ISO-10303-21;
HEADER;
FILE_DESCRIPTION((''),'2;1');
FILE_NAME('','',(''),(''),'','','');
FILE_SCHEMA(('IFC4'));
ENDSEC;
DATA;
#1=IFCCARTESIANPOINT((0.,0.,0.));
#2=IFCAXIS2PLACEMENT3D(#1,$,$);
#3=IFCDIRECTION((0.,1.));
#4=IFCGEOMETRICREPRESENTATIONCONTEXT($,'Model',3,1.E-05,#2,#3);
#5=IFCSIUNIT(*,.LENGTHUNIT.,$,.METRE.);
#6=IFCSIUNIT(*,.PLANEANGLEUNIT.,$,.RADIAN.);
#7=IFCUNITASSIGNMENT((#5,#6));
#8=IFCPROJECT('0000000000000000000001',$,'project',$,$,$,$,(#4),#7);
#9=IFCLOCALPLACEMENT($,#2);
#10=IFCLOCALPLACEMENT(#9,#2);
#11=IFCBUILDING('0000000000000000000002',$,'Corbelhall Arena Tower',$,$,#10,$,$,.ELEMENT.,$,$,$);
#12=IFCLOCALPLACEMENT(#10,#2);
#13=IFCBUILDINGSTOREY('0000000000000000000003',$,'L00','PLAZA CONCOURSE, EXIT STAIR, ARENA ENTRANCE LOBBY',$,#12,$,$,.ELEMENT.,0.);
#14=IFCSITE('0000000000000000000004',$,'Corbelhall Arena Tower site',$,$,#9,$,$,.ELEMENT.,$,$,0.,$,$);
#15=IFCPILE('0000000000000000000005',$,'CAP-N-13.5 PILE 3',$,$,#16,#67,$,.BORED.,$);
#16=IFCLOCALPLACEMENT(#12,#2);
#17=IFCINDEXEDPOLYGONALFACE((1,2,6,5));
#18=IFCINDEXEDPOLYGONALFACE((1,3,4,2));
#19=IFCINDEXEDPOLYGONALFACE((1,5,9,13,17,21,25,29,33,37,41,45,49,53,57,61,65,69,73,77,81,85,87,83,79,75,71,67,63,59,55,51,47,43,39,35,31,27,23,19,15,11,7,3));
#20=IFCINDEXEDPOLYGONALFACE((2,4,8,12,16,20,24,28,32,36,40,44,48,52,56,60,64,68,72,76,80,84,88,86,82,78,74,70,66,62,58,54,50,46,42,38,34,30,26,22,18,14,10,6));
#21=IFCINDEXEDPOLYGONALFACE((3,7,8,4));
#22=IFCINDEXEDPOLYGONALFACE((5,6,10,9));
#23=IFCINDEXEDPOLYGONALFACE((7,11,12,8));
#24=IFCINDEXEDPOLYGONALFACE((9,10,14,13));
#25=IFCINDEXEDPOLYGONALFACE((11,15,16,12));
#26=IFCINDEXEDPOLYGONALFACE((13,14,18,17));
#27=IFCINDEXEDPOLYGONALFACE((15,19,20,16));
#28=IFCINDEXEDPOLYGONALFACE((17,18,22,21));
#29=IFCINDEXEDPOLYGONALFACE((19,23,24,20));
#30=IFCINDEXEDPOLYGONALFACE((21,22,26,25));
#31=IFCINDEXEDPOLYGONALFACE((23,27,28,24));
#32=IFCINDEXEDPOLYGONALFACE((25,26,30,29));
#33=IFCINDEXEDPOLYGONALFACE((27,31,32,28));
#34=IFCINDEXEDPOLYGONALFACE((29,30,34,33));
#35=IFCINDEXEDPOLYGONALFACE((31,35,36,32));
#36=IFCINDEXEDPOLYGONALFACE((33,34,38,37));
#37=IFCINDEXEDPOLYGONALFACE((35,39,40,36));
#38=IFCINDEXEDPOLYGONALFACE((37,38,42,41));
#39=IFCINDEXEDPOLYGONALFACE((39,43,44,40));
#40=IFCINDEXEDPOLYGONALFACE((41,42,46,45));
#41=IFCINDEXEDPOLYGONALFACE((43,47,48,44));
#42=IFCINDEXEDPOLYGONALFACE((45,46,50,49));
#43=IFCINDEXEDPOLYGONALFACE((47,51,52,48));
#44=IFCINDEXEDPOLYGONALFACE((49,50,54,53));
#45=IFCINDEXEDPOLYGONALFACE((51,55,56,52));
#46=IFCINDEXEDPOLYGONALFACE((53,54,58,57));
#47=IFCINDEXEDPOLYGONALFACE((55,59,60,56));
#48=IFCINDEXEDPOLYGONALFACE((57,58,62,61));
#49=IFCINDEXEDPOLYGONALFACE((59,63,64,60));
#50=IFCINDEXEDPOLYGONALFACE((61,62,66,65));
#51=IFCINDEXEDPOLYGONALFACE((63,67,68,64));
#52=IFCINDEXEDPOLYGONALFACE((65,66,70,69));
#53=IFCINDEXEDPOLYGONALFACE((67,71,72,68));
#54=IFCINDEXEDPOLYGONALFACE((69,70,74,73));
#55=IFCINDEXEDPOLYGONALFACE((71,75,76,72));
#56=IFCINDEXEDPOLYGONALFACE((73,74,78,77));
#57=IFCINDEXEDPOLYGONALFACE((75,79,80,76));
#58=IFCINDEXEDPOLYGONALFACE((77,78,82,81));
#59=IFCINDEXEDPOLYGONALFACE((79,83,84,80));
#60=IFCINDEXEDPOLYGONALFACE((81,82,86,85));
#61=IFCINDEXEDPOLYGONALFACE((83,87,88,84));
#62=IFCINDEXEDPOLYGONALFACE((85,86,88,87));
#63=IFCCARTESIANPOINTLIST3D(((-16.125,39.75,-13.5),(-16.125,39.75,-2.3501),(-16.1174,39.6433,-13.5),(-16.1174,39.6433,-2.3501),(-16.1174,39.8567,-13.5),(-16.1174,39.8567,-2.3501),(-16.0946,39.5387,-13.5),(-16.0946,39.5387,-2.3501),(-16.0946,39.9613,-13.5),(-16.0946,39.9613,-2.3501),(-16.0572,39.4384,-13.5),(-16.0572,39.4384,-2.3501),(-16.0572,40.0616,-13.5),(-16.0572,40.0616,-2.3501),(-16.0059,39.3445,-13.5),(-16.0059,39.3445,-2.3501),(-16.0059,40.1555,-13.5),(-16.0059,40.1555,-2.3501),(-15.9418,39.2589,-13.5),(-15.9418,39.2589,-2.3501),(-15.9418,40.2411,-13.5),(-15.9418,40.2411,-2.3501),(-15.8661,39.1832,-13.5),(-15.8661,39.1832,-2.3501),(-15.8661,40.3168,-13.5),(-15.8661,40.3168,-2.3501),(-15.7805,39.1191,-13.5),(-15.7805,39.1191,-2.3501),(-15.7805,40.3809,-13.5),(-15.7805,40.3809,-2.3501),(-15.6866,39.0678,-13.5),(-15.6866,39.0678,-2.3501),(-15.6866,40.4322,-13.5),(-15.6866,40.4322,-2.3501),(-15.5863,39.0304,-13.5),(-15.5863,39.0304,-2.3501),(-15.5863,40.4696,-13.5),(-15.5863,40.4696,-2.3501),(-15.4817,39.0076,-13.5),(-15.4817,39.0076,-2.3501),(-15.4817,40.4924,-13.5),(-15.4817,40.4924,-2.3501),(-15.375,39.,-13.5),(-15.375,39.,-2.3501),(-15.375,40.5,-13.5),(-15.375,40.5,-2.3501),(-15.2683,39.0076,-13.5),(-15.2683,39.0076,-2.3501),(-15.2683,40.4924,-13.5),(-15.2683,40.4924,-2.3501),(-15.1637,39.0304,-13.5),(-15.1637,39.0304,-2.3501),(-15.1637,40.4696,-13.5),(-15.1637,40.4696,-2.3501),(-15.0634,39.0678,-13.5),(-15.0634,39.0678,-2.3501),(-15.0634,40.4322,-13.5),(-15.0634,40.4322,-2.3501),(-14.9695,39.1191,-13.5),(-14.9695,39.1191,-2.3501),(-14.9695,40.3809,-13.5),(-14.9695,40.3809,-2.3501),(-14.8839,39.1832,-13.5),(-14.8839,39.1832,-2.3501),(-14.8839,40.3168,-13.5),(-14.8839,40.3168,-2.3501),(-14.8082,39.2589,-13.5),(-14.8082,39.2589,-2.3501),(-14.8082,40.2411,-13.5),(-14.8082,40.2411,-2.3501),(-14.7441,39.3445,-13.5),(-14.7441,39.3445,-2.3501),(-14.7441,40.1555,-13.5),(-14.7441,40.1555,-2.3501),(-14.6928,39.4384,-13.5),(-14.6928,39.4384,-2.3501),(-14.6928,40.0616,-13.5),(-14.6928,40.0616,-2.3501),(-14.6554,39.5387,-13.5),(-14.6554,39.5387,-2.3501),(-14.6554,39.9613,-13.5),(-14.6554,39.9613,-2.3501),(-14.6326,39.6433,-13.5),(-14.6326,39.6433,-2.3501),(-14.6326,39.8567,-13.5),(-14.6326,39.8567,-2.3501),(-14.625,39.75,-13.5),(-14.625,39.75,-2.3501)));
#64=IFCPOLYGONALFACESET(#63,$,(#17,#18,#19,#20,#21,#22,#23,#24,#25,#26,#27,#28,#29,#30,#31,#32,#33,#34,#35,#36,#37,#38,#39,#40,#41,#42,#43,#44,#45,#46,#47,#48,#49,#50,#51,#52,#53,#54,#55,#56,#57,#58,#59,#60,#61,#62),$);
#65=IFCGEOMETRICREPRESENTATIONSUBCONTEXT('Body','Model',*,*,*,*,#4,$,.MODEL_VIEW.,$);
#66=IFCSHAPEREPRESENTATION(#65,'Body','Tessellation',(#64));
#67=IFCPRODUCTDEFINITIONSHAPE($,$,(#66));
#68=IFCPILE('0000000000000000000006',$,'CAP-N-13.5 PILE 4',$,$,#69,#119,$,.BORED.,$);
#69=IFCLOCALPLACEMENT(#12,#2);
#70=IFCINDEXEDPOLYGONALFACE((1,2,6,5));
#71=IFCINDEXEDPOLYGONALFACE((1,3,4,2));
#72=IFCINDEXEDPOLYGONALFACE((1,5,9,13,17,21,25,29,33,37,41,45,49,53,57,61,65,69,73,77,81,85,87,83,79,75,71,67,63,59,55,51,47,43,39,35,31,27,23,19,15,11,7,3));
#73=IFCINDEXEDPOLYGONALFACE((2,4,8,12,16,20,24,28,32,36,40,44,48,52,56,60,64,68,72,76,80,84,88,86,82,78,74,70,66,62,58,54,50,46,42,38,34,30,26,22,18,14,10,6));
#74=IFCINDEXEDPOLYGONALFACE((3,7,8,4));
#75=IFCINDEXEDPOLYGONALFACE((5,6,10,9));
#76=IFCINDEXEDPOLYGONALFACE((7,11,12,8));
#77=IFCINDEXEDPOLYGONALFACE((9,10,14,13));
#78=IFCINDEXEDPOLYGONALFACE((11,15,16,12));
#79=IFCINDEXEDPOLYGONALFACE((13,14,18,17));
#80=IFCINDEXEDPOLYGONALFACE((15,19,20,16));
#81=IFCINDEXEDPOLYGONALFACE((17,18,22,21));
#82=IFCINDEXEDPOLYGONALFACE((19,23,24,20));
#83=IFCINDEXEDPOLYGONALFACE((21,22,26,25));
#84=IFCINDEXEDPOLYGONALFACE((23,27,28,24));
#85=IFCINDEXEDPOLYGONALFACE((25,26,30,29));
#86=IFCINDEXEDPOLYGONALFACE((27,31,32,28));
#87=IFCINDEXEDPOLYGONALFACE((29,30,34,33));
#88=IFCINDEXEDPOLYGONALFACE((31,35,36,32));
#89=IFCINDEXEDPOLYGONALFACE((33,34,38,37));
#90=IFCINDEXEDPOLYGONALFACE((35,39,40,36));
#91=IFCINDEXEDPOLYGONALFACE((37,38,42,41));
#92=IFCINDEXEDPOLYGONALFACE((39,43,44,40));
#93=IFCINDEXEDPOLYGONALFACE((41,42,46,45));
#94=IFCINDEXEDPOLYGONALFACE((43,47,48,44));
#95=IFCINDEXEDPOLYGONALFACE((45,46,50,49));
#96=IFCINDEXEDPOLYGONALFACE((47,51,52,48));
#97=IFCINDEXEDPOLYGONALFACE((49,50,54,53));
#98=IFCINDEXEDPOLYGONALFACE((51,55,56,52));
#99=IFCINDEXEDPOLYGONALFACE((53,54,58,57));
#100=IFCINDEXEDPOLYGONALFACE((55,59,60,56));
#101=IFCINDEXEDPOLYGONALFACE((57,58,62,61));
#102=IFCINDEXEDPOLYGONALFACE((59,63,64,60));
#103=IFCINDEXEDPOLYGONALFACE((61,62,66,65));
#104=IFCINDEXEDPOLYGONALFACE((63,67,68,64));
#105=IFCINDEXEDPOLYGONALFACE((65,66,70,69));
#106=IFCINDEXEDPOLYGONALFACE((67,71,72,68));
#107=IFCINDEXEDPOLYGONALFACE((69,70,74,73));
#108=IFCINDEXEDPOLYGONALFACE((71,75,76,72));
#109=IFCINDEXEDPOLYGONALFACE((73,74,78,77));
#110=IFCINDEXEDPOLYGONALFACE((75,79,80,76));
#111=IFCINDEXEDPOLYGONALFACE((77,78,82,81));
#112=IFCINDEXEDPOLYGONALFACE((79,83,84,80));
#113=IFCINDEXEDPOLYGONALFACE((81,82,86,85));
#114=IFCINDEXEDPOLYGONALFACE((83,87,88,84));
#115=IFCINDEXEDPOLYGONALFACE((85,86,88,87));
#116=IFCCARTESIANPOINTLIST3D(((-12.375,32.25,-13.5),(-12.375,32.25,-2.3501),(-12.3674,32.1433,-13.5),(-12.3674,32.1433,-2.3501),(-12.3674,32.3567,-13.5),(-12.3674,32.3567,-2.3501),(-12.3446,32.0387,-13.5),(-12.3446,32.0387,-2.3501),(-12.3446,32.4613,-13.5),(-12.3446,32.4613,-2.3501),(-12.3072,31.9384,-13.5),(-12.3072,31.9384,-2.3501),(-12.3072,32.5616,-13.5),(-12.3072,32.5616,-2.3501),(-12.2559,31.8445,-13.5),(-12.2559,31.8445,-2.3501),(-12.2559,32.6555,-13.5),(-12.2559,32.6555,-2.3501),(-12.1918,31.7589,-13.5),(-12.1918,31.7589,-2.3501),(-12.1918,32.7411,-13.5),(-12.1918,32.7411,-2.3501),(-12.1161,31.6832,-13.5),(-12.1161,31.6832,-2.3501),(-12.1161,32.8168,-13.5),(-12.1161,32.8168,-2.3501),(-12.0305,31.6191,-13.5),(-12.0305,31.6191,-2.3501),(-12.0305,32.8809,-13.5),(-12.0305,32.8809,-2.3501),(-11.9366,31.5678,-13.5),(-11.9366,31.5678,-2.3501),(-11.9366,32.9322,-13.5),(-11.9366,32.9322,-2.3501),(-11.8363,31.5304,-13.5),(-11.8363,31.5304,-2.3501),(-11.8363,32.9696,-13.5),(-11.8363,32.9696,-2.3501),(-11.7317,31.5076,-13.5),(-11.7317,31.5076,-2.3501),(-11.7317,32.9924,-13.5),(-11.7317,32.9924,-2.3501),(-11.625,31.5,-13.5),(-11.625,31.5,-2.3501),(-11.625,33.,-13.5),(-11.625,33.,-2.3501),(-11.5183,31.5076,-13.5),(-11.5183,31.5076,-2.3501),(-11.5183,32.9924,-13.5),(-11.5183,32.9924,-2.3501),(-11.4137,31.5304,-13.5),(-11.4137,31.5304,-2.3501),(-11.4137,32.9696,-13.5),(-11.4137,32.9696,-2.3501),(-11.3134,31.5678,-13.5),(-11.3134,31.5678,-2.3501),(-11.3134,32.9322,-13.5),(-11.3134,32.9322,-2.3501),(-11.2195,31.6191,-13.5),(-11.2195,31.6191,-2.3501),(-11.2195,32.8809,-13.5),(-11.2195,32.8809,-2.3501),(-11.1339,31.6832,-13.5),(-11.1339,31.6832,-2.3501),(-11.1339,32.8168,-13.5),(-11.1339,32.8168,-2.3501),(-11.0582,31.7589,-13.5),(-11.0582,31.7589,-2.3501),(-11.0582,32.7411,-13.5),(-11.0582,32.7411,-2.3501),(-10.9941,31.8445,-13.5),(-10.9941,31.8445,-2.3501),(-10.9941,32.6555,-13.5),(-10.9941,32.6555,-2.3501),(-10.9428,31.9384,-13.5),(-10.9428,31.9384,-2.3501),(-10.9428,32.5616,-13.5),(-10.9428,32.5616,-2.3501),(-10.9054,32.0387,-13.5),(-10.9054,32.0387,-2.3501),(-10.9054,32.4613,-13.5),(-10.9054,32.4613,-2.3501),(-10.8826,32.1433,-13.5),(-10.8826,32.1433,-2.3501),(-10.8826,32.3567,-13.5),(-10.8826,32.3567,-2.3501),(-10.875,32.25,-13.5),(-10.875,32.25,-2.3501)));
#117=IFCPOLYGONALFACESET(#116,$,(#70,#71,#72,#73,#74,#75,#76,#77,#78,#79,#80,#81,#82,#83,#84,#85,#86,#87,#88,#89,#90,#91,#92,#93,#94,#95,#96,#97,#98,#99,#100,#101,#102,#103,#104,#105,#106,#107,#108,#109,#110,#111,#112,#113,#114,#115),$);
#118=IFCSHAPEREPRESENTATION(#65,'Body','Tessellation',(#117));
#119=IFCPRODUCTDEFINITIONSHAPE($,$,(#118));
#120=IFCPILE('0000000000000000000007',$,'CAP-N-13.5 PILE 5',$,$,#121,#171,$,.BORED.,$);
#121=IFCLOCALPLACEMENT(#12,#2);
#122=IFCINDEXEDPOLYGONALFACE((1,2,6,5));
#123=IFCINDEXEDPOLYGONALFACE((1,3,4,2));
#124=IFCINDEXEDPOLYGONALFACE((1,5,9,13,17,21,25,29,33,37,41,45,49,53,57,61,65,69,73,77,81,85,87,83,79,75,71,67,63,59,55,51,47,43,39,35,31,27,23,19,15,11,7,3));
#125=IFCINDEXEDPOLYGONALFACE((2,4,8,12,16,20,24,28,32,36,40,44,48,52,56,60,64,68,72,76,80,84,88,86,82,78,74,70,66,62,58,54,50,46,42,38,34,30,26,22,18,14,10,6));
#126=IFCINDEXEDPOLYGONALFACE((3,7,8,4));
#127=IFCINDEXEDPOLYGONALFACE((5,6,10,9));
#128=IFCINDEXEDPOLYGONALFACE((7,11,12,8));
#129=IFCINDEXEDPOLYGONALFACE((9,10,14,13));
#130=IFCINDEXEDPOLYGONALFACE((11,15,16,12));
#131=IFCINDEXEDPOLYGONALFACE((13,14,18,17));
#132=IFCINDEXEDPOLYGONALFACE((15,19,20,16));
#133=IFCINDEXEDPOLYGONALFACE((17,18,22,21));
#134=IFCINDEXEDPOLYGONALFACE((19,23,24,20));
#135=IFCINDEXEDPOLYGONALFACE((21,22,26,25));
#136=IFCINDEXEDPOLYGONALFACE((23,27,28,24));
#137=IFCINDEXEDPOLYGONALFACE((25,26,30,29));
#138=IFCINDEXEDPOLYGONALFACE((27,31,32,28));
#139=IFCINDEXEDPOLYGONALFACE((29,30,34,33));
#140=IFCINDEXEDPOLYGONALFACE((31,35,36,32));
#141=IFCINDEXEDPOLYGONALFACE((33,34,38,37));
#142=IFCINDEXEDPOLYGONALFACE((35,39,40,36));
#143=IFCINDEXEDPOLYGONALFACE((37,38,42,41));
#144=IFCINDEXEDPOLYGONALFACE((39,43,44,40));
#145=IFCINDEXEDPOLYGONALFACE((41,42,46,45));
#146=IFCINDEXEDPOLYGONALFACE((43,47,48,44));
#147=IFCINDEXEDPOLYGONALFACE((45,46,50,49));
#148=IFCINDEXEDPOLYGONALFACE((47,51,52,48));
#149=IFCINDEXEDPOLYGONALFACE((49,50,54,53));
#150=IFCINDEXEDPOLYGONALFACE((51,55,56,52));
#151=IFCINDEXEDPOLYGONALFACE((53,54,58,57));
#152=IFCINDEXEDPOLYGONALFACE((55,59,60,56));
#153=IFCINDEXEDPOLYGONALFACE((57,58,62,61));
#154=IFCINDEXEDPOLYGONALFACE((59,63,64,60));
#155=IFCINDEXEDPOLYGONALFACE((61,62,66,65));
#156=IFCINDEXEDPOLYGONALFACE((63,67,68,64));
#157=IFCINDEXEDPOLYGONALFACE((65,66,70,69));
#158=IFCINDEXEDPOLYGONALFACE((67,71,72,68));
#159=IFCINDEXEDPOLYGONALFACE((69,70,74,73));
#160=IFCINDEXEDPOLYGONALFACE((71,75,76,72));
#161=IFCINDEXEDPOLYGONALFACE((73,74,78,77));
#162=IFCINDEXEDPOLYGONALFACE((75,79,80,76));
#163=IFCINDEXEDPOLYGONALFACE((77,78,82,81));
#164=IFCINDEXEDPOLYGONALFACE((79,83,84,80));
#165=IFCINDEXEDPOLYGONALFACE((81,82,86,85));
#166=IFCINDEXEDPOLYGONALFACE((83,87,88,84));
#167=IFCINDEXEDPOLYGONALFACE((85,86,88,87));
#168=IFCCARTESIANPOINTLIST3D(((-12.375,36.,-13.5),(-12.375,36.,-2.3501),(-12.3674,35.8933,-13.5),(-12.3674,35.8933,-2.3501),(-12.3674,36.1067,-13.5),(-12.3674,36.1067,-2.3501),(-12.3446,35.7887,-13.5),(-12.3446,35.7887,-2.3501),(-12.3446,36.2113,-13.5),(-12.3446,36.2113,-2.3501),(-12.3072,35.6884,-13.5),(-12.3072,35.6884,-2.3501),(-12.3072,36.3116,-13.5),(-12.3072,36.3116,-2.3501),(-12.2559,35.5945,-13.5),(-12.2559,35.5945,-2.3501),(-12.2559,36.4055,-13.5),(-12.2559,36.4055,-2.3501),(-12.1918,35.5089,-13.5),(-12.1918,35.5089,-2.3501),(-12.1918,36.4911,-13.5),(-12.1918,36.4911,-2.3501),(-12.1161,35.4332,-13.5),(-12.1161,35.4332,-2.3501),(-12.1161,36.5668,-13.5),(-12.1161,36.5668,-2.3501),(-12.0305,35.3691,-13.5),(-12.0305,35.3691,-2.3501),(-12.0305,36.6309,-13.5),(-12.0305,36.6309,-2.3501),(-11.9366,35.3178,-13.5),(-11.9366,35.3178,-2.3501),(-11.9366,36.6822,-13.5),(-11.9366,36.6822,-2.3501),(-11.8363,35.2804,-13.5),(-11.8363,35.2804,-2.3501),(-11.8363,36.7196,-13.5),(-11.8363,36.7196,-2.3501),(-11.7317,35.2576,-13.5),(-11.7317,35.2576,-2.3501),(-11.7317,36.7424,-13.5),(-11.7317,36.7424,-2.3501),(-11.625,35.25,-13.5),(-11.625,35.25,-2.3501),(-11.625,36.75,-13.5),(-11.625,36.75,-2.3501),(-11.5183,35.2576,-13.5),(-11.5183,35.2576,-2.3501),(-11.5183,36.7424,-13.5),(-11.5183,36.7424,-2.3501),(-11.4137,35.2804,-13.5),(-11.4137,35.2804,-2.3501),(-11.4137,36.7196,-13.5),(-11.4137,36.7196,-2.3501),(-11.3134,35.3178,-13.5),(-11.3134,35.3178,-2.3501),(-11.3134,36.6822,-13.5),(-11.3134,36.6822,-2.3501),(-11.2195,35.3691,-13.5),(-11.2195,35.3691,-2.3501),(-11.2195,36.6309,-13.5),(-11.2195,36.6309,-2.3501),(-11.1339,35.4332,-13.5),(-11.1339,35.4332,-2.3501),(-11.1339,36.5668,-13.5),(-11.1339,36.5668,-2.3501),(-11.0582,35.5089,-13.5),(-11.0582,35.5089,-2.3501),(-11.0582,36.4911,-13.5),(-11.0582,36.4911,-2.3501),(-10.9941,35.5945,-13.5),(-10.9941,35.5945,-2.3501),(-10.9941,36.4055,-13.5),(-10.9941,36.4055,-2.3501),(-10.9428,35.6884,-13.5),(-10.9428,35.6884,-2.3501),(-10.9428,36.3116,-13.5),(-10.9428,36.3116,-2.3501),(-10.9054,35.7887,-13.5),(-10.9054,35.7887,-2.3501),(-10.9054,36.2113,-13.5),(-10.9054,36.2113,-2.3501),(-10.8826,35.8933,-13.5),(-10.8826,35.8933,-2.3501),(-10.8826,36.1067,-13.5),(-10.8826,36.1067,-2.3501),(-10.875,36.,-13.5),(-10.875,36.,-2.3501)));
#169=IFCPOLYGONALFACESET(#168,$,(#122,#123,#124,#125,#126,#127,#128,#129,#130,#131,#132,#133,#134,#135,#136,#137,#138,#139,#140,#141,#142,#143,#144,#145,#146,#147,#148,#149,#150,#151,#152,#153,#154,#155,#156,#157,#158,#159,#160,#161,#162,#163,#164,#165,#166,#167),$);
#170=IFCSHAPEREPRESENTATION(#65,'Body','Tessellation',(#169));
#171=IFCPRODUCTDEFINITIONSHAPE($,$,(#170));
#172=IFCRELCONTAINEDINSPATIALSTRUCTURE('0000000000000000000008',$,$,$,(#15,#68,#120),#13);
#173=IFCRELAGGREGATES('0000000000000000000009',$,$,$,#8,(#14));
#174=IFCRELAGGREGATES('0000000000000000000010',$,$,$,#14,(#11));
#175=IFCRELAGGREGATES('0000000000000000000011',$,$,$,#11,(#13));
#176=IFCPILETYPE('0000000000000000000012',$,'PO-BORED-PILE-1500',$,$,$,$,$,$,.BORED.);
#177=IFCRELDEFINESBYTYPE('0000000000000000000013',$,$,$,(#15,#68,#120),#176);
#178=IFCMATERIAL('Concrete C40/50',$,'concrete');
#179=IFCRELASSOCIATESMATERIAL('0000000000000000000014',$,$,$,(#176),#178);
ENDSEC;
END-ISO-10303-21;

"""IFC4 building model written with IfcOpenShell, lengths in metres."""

from ifc_helpers import new_model, si_unit, direction, frame, origin, origin_2d, place, context, subcontext, project, spatial, circle, extrude, material, material_profile, profile_set, type_object, element, save


model = new_model("IFC4")

# Units and contexts
model_context = context("Model", 3, precision=1e-05, world=origin(), true_north=direction((0.0, 1.0)))
body_context = subcontext(model_context, "Body", "Model", "MODEL_VIEW")
ifc_project = project(units=[si_unit("LENGTHUNIT", "METRE"), si_unit("PLANEANGLEUNIT", "RADIAN")], contexts=[model_context])

# Site, building, storey
site_placement = place(None, origin())
site = spatial("IfcSite", under=ifc_project, at=site_placement, Name="Corbelhall Arena Tower site", CompositionType="ELEMENT", RefElevation=0.0)
building_placement = place(site_placement, origin())
building = spatial("IfcBuilding", under=site, at=building_placement, Name="Corbelhall Arena Tower", CompositionType="ELEMENT")
storey_placement = place(building_placement, origin())
storey = spatial("IfcBuildingStorey", under=building, at=storey_placement, Name="L00", Description="PLAZA CONCOURSE, EXIT STAIR, ARENA ENTRANCE LOBBY", CompositionType="ELEMENT", Elevation=0.0)

# Piles
ifc_material_1 = material(Name="Concrete C40/50", Category="concrete")
ifc_material_profile_1 = material_profile(ifc_material_1, circle(Radius=0.75, at=origin_2d()))
ifc_profile_set_1 = profile_set([ifc_material_profile_1], Name="Concrete C40/50")
pile_type = type_object("IfcPileType", Name="PO-BORED-PILE-1500", PredefinedType="BORED", material=ifc_profile_set_1)
for number, where, z_axis, x_axis, name in (
    (1, (-15.375, 39.75, -2.3501), (0.0, 0.0, -1.0), (1.0, 0.0, 0.0), "CAP-N-13.5 PILE 3"),
    (2, (-11.625, 32.25, -2.3501), (0.0, 0.0, -1.0), (1.0, 0.0, 0.0), "CAP-N-13.5 PILE 4"),
    (3, (-11.625, 36.0, -2.3501), (0.0, 0.0, -1.0), (1.0, 0.0, 0.0), "CAP-N-13.5 PILE 5"),
):
    element("IfcPile", number, at=place(storey_placement, frame(where, z_axis=z_axis, x_axis=x_axis)), inside=storey, type_object=pile_type, Name=name, PredefinedType="BORED", context=body_context, shape_type="SweptSolid", body=[
        extrude(circle(Radius=0.75, at=origin_2d()), origin(), (0.0, 0.0, 1.0), 11.1499),
    ])

save(model, "model.ifc")
